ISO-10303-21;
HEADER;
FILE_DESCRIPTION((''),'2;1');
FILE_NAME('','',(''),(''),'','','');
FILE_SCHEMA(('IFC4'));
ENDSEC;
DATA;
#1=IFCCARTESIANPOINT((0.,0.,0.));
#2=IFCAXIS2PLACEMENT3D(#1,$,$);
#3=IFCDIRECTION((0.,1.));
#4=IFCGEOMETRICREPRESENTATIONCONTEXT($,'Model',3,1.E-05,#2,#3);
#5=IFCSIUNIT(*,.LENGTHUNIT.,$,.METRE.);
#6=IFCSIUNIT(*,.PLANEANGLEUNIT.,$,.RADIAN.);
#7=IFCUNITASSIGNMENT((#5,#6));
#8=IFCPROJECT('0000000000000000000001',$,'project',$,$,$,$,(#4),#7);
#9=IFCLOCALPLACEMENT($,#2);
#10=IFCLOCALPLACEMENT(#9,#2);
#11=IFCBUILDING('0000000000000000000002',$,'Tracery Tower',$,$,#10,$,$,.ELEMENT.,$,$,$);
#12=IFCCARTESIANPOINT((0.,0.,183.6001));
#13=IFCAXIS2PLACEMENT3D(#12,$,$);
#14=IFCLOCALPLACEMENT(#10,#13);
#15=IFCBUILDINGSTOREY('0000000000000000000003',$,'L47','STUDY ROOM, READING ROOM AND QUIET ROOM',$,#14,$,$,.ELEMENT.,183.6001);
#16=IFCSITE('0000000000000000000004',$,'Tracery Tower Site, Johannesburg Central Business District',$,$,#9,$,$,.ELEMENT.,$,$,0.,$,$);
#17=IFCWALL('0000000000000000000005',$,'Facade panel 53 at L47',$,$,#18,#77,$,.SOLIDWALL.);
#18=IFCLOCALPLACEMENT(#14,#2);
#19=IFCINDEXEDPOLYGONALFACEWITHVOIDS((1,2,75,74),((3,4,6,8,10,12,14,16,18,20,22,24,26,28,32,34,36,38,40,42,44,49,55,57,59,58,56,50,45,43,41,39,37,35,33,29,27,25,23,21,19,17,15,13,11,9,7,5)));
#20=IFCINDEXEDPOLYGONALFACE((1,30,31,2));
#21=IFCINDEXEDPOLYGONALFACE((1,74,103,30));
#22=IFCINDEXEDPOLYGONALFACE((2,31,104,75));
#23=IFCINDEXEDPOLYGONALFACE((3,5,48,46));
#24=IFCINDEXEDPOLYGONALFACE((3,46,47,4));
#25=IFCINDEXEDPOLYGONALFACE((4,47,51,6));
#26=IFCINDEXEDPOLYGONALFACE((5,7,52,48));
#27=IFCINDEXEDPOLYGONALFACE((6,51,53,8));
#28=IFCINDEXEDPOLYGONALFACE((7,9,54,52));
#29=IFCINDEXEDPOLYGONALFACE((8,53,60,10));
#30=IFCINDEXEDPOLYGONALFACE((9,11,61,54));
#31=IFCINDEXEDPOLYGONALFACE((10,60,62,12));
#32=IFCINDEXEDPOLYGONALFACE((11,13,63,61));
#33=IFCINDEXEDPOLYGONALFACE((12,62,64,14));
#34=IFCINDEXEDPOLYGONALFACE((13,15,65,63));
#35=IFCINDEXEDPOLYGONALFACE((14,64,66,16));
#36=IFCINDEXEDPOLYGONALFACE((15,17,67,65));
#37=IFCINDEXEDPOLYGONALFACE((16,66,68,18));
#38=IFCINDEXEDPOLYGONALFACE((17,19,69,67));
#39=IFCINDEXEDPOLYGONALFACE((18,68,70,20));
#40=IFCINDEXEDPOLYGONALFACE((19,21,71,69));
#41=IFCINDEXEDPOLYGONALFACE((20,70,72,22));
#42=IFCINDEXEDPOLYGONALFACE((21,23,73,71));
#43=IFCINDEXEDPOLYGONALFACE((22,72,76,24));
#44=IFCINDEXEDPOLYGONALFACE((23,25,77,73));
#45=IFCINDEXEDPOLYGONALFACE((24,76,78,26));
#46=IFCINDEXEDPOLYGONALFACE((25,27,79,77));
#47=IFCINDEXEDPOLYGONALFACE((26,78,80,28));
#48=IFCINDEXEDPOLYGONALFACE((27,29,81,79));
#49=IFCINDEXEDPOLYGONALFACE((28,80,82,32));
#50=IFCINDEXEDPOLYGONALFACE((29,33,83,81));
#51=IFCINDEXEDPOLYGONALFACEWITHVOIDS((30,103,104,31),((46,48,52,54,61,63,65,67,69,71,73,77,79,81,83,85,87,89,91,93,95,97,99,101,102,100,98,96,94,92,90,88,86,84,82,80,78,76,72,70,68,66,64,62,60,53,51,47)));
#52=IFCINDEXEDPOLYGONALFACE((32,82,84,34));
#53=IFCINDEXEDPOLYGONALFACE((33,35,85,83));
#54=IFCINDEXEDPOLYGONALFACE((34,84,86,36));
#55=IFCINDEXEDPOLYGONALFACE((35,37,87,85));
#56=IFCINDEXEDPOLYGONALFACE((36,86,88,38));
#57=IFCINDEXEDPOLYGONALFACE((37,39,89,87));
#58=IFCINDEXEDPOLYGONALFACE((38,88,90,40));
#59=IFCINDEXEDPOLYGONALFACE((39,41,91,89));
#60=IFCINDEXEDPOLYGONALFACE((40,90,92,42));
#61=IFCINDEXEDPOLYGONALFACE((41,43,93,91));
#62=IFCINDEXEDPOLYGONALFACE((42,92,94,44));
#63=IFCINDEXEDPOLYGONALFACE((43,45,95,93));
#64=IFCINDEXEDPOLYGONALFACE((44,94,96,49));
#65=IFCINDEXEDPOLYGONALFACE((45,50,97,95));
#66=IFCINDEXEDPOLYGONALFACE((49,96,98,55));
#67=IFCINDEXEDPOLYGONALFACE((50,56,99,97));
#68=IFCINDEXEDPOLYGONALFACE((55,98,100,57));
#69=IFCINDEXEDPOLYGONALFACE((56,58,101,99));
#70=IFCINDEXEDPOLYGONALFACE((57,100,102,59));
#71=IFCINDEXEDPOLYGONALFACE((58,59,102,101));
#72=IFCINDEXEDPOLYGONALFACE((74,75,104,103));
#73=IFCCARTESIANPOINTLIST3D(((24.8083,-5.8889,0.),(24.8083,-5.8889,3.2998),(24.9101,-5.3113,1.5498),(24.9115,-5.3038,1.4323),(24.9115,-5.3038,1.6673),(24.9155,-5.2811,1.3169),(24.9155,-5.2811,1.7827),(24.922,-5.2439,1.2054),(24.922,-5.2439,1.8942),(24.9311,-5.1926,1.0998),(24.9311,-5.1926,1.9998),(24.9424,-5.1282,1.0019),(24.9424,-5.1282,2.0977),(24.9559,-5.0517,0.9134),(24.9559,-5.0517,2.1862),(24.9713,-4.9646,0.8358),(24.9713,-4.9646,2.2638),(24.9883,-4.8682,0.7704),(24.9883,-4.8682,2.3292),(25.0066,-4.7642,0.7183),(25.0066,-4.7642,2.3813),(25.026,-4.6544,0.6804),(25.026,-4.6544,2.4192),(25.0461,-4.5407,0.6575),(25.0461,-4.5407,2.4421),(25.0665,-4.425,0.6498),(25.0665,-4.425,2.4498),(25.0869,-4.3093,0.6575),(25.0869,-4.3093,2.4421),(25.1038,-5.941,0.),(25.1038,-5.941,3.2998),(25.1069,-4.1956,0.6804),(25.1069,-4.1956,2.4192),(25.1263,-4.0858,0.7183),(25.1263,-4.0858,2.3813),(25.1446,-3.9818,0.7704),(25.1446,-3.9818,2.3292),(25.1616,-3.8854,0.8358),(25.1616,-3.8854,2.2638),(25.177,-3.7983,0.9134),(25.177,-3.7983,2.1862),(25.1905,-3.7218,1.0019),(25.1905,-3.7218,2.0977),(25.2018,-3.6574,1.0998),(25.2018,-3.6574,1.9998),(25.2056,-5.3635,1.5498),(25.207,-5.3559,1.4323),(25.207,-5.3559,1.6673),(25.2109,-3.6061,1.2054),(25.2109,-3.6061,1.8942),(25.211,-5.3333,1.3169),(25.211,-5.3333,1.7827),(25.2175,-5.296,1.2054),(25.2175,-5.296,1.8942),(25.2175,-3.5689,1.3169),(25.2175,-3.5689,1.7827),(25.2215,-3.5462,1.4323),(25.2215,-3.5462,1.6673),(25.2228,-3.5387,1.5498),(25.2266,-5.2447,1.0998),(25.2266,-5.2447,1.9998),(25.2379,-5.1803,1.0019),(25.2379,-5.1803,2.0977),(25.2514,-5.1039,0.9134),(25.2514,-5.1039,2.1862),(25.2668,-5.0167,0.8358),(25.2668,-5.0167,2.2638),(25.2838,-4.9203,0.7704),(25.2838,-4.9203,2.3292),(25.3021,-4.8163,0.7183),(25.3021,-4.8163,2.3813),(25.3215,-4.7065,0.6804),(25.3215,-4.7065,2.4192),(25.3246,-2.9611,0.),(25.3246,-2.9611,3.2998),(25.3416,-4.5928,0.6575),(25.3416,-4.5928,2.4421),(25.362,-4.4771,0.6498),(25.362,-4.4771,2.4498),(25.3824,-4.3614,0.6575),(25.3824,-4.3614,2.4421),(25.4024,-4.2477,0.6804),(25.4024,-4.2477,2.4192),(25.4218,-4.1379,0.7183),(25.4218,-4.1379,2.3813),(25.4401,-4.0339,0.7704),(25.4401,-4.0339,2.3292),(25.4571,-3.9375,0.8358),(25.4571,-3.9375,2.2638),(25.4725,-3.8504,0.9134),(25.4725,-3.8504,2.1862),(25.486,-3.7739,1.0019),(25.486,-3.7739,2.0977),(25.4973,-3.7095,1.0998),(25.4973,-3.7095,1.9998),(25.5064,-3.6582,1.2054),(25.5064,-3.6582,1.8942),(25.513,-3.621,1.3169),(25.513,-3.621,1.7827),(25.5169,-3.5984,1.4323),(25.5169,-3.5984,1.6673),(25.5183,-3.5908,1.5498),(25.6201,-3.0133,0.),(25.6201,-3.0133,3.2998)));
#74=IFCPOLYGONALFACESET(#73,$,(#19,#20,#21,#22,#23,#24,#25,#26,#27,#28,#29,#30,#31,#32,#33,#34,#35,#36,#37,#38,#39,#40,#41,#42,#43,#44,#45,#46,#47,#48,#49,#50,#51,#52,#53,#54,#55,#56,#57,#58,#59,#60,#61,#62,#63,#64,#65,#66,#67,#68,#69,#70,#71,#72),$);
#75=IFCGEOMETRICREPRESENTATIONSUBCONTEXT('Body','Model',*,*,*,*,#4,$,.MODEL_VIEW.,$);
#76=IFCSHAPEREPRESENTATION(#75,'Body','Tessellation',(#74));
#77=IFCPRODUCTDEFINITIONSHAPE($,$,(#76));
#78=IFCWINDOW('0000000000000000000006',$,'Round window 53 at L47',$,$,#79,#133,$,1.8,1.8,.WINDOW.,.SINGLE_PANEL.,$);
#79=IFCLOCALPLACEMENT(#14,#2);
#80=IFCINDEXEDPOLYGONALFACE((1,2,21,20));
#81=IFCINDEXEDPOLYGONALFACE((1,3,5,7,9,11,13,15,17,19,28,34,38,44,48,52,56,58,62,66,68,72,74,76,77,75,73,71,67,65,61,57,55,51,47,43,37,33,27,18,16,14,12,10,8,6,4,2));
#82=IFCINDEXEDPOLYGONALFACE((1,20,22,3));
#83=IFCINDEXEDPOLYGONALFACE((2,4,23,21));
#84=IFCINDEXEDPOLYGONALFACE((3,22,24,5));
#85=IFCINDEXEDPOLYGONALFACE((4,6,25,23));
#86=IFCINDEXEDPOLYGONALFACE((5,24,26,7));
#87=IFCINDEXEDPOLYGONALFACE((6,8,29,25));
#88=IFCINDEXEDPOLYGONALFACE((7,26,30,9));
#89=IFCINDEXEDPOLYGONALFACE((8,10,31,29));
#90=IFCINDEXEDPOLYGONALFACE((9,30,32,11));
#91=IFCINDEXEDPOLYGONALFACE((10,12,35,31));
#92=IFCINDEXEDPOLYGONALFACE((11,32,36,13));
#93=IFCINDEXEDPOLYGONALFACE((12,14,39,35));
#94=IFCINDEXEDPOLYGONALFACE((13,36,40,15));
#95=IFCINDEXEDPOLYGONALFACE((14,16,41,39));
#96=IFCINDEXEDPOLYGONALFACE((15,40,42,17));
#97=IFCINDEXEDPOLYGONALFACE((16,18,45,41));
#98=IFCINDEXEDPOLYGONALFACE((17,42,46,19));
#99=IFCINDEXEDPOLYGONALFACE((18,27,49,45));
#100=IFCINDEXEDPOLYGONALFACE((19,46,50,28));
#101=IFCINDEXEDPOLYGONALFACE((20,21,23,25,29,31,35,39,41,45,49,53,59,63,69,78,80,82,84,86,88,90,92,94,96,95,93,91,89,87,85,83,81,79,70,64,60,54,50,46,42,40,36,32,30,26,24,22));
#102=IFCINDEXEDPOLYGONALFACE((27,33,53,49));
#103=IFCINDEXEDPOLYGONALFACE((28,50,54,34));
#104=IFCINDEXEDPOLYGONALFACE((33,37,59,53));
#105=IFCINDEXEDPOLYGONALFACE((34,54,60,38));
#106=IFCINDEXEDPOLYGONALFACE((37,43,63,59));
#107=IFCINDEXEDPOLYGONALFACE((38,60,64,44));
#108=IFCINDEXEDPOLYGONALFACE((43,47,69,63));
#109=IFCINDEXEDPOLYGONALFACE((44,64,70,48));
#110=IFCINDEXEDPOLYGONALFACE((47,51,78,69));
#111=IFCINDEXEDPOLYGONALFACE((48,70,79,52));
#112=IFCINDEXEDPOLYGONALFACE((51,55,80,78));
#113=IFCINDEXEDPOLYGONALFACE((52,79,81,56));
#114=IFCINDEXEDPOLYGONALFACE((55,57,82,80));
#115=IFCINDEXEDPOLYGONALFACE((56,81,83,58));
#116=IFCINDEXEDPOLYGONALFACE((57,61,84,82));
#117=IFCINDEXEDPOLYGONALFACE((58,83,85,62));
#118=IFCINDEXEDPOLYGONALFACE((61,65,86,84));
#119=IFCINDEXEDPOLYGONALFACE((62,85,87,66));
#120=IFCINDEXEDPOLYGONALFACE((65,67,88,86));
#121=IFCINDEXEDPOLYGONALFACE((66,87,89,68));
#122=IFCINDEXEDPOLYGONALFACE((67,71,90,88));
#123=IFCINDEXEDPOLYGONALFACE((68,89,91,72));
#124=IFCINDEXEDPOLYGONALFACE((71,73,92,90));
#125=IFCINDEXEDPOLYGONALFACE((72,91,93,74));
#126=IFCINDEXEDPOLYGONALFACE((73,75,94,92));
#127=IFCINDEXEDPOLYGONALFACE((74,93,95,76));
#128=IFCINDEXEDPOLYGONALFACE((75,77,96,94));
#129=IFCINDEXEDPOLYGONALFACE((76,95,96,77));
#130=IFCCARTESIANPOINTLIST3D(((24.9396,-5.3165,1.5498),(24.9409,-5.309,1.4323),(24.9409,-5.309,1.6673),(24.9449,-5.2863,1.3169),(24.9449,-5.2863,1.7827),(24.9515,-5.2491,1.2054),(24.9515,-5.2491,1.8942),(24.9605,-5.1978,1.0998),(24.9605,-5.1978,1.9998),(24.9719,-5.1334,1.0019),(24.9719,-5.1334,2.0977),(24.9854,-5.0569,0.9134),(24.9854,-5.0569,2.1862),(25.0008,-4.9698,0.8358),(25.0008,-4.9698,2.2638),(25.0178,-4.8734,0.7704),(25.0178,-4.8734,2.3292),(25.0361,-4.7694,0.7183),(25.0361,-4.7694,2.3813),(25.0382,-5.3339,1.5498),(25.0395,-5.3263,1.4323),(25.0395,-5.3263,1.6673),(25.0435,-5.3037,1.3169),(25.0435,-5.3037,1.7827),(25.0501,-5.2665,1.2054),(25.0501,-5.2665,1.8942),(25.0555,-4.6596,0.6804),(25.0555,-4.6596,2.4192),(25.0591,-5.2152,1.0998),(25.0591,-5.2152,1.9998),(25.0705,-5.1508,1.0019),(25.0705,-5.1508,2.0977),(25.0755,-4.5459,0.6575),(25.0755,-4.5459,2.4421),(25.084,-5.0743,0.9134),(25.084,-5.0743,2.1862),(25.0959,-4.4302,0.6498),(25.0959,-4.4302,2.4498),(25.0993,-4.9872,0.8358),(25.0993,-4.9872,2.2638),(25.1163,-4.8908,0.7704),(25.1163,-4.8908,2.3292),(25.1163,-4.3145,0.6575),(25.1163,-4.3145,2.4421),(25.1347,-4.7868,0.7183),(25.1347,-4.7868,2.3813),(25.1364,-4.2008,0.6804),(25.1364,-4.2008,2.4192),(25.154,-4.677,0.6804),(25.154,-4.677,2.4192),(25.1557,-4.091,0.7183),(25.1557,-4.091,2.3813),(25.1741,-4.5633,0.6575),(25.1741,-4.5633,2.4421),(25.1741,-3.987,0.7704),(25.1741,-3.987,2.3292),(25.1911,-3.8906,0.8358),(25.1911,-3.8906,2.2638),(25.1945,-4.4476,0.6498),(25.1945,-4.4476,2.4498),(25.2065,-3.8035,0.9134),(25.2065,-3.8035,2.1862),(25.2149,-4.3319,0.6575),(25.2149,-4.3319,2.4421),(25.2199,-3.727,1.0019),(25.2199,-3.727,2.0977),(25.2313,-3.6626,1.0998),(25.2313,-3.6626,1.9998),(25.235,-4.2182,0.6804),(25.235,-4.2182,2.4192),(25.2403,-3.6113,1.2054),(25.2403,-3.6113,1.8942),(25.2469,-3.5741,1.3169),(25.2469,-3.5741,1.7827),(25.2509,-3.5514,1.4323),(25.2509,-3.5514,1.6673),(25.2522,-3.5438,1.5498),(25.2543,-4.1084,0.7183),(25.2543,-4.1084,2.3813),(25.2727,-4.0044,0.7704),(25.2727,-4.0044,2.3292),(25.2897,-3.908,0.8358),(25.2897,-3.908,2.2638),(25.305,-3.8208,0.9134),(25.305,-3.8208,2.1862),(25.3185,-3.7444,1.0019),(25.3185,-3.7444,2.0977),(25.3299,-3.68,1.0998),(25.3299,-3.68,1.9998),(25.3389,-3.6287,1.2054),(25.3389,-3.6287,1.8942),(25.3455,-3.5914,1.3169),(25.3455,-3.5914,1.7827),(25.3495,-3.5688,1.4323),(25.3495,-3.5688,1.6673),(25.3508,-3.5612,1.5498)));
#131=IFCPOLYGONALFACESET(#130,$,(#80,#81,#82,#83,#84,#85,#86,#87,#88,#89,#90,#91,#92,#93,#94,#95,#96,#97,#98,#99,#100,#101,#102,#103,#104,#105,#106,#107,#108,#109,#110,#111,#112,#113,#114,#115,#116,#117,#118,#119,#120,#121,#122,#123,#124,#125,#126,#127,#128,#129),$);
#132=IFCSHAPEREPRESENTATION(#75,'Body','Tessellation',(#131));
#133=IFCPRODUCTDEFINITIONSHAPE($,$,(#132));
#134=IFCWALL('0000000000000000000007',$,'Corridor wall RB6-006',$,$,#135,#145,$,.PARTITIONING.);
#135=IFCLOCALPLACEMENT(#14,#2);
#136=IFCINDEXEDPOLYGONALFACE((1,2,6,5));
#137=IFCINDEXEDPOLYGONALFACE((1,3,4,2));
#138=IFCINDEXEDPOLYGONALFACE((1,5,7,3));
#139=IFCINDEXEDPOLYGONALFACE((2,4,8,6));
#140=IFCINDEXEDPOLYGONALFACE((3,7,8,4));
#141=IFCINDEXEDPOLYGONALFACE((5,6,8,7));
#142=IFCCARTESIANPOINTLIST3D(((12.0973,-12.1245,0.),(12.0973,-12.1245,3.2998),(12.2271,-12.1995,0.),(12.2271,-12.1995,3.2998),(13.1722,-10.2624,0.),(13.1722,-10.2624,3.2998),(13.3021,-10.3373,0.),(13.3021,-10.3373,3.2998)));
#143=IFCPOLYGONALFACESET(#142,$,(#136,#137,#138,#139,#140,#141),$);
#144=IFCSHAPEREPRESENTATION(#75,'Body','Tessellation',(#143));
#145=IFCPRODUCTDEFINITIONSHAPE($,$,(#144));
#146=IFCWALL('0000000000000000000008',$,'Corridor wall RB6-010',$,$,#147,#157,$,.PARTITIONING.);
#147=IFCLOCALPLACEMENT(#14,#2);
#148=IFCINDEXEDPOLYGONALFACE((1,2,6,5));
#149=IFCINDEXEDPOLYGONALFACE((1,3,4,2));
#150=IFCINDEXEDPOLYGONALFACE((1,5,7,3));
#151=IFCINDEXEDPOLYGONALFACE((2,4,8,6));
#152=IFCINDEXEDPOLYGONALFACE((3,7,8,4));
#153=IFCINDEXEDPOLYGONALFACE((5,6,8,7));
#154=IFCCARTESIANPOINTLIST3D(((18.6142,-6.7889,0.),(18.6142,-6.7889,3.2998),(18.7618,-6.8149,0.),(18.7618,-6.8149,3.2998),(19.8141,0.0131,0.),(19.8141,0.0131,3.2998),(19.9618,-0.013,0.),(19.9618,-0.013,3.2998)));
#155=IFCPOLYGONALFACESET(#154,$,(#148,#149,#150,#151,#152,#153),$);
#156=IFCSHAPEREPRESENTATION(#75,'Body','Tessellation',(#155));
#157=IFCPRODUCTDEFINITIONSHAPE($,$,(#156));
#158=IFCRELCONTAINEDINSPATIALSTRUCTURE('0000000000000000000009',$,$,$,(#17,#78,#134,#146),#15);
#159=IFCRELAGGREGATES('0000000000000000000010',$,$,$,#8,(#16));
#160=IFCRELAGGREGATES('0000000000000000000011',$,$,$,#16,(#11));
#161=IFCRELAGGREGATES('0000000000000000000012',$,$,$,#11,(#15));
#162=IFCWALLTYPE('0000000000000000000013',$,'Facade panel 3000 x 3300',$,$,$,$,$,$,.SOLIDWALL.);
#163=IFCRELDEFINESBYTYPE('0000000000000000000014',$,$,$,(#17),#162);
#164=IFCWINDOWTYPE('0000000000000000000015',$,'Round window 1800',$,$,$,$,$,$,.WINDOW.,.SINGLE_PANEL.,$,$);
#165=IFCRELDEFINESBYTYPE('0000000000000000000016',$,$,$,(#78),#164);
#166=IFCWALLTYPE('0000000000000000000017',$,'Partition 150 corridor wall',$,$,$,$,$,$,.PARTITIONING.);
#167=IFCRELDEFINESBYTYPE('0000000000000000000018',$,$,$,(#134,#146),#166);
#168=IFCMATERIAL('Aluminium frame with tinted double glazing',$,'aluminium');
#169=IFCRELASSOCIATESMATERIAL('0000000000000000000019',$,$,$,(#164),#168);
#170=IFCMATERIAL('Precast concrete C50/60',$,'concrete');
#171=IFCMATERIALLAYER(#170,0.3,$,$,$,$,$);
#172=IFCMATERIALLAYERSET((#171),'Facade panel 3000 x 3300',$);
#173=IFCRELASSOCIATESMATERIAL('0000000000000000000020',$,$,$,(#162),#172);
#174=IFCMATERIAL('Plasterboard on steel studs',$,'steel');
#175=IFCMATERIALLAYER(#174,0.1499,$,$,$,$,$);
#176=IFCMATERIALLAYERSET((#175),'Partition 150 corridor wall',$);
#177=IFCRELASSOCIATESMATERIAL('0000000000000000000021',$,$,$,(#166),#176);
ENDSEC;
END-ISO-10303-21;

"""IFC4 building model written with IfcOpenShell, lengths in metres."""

from ifc_helpers import new_model, si_unit, direction, frame, frame_2d, origin, origin_2d, place, context, subcontext, project, spatial, rectangle, circle, extrude, material, layer, layer_set, type_object, element, fill, save


model = new_model("IFC4")

# Units and contexts
model_context = context("Model", 3, precision=1e-05, world=origin(), true_north=direction((0.0, 1.0)))
body_context = subcontext(model_context, "Body", "Model", "MODEL_VIEW")
ifc_project = project(units=[si_unit("LENGTHUNIT", "METRE"), si_unit("PLANEANGLEUNIT", "RADIAN")], contexts=[model_context])

# Site, building, storey
site_placement = place(None, origin())
site = spatial("IfcSite", under=ifc_project, at=site_placement, Name="Tracery Tower Site, Johannesburg Central Business District", CompositionType="ELEMENT", RefElevation=0.0)
building_placement = place(site_placement, origin())
building = spatial("IfcBuilding", under=site, at=building_placement, Name="Tracery Tower", CompositionType="ELEMENT")
storey_placement = place(building_placement, frame((0.0, 0.0, 183.6001)))
storey = spatial("IfcBuildingStorey", under=building, at=storey_placement, Name="L47", Description="STUDY ROOM, READING ROOM AND QUIET ROOM", CompositionType="ELEMENT", Elevation=183.6001)

# Wall, opening, window
ifc_material_1 = material(Name="Aluminium frame with tinted double glazing", Category="aluminium")
window_type = type_object("IfcWindowType", Name="Round window 1800", PartitioningType="SINGLE_PANEL", PredefinedType="WINDOW", material=ifc_material_1)
ifc_material_2 = material(Name="Precast concrete C50/60", Category="concrete")
ifc_layer_1 = layer(ifc_material_2, 0.3)
ifc_layer_set_1 = layer_set([ifc_layer_1], Name="Facade panel 3000 x 3300")
wall_type_1 = type_object("IfcWallType", Name="Facade panel 3000 x 3300", PredefinedType="SOLIDWALL", material=ifc_layer_set_1)
wall_1_placement = place(storey_placement, frame((24.9561, -5.9148, 0.0), z_axis=(0.0, 0.0, 1.0), x_axis=(0.173687, 0.984801, 0.0)))
wall_1 = element("IfcWall", 1, at=wall_1_placement, inside=storey, type_object=wall_type_1, Name="Facade panel 53 at L47", PredefinedType="SOLIDWALL", context=body_context, shape_type="SweptSolid", body=[
    extrude(rectangle(XDim=2.9729, YDim=0.3, at=frame_2d((1.4863, 0.0))), origin(), (0.0, 0.0, 1.0), 3.2998),
])
opening_1_placement = place(wall_1_placement, frame((1.4863, 0.0, 1.5498)))
opening_1 = element("IfcOpeningElement", 2, at=opening_1_placement, cuts=wall_1, PredefinedType="OPENING", context=body_context, shape_type="SweptSolid", body=[
    extrude(circle(Radius=0.9, at=origin_2d()), frame((0.0, 0.1599, 0.0), z_axis=(0.0, -1.0, 0.0), x_axis=(1.0, 0.0, 0.0)), (0.0, 0.0, 1.0), 0.3201),
])
window_1_placement = place(opening_1_placement, origin())
window_1 = element("IfcWindow", 3, at=window_1_placement, inside=storey, type_object=window_type, Name="Round window 53 at L47", OverallHeight=1.8, OverallWidth=1.8, PartitioningType="SINGLE_PANEL", PredefinedType="WINDOW", context=body_context, shape_type="SweptSolid", body=[
    extrude(circle(Radius=0.9, at=origin_2d()), frame((0.0, 0.1201, 0.0), z_axis=(0.0, -1.0, 0.0), x_axis=(1.0, 0.0, 0.0)), (0.0, 0.0, 1.0), 0.1001),
])
fill(opening_1, window_1)

# Walls
ifc_material_3 = material(Name="Plasterboard on steel studs", Category="steel")
ifc_layer_2 = layer(ifc_material_3, 0.1499)
ifc_layer_set_2 = layer_set([ifc_layer_2], Name="Partition 150 corridor wall")
wall_type_2 = type_object("IfcWallType", Name="Partition 150 corridor wall", PredefinedType="PARTITIONING", material=ifc_layer_set_2)
wall_2_placement = place(storey_placement, frame((12.1621, -12.1621, 0.0), z_axis=(0.0, 0.0, 1.0), x_axis=(0.499962, 0.866048, 0.0)))
element("IfcWall", 4, at=wall_2_placement, inside=storey, type_object=wall_type_2, Name="Corridor wall RB6-006", PredefinedType="PARTITIONING", context=body_context, shape_type="SweptSolid", body=[
    extrude(rectangle(XDim=2.1501, YDim=0.1499, at=frame_2d((1.0752, 0.0))), origin(), (0.0, 0.0, 1.0), 3.2998),
])
wall_3_placement = place(storey_placement, frame((18.688, -6.802, 0.0), z_axis=(0.0, 0.0, 1.0), x_axis=(0.173729, 0.984794, 0.0)))
element("IfcWall", 5, at=wall_3_placement, inside=storey, type_object=wall_type_2, Name="Corridor wall RB6-010", PredefinedType="PARTITIONING", context=body_context, shape_type="SweptSolid", body=[
    extrude(rectangle(XDim=6.907, YDim=0.1499, at=frame_2d((3.4536, 0.0))), origin(), (0.0, 0.0, 1.0), 3.2998),
])

save(model, "model.ifc")
